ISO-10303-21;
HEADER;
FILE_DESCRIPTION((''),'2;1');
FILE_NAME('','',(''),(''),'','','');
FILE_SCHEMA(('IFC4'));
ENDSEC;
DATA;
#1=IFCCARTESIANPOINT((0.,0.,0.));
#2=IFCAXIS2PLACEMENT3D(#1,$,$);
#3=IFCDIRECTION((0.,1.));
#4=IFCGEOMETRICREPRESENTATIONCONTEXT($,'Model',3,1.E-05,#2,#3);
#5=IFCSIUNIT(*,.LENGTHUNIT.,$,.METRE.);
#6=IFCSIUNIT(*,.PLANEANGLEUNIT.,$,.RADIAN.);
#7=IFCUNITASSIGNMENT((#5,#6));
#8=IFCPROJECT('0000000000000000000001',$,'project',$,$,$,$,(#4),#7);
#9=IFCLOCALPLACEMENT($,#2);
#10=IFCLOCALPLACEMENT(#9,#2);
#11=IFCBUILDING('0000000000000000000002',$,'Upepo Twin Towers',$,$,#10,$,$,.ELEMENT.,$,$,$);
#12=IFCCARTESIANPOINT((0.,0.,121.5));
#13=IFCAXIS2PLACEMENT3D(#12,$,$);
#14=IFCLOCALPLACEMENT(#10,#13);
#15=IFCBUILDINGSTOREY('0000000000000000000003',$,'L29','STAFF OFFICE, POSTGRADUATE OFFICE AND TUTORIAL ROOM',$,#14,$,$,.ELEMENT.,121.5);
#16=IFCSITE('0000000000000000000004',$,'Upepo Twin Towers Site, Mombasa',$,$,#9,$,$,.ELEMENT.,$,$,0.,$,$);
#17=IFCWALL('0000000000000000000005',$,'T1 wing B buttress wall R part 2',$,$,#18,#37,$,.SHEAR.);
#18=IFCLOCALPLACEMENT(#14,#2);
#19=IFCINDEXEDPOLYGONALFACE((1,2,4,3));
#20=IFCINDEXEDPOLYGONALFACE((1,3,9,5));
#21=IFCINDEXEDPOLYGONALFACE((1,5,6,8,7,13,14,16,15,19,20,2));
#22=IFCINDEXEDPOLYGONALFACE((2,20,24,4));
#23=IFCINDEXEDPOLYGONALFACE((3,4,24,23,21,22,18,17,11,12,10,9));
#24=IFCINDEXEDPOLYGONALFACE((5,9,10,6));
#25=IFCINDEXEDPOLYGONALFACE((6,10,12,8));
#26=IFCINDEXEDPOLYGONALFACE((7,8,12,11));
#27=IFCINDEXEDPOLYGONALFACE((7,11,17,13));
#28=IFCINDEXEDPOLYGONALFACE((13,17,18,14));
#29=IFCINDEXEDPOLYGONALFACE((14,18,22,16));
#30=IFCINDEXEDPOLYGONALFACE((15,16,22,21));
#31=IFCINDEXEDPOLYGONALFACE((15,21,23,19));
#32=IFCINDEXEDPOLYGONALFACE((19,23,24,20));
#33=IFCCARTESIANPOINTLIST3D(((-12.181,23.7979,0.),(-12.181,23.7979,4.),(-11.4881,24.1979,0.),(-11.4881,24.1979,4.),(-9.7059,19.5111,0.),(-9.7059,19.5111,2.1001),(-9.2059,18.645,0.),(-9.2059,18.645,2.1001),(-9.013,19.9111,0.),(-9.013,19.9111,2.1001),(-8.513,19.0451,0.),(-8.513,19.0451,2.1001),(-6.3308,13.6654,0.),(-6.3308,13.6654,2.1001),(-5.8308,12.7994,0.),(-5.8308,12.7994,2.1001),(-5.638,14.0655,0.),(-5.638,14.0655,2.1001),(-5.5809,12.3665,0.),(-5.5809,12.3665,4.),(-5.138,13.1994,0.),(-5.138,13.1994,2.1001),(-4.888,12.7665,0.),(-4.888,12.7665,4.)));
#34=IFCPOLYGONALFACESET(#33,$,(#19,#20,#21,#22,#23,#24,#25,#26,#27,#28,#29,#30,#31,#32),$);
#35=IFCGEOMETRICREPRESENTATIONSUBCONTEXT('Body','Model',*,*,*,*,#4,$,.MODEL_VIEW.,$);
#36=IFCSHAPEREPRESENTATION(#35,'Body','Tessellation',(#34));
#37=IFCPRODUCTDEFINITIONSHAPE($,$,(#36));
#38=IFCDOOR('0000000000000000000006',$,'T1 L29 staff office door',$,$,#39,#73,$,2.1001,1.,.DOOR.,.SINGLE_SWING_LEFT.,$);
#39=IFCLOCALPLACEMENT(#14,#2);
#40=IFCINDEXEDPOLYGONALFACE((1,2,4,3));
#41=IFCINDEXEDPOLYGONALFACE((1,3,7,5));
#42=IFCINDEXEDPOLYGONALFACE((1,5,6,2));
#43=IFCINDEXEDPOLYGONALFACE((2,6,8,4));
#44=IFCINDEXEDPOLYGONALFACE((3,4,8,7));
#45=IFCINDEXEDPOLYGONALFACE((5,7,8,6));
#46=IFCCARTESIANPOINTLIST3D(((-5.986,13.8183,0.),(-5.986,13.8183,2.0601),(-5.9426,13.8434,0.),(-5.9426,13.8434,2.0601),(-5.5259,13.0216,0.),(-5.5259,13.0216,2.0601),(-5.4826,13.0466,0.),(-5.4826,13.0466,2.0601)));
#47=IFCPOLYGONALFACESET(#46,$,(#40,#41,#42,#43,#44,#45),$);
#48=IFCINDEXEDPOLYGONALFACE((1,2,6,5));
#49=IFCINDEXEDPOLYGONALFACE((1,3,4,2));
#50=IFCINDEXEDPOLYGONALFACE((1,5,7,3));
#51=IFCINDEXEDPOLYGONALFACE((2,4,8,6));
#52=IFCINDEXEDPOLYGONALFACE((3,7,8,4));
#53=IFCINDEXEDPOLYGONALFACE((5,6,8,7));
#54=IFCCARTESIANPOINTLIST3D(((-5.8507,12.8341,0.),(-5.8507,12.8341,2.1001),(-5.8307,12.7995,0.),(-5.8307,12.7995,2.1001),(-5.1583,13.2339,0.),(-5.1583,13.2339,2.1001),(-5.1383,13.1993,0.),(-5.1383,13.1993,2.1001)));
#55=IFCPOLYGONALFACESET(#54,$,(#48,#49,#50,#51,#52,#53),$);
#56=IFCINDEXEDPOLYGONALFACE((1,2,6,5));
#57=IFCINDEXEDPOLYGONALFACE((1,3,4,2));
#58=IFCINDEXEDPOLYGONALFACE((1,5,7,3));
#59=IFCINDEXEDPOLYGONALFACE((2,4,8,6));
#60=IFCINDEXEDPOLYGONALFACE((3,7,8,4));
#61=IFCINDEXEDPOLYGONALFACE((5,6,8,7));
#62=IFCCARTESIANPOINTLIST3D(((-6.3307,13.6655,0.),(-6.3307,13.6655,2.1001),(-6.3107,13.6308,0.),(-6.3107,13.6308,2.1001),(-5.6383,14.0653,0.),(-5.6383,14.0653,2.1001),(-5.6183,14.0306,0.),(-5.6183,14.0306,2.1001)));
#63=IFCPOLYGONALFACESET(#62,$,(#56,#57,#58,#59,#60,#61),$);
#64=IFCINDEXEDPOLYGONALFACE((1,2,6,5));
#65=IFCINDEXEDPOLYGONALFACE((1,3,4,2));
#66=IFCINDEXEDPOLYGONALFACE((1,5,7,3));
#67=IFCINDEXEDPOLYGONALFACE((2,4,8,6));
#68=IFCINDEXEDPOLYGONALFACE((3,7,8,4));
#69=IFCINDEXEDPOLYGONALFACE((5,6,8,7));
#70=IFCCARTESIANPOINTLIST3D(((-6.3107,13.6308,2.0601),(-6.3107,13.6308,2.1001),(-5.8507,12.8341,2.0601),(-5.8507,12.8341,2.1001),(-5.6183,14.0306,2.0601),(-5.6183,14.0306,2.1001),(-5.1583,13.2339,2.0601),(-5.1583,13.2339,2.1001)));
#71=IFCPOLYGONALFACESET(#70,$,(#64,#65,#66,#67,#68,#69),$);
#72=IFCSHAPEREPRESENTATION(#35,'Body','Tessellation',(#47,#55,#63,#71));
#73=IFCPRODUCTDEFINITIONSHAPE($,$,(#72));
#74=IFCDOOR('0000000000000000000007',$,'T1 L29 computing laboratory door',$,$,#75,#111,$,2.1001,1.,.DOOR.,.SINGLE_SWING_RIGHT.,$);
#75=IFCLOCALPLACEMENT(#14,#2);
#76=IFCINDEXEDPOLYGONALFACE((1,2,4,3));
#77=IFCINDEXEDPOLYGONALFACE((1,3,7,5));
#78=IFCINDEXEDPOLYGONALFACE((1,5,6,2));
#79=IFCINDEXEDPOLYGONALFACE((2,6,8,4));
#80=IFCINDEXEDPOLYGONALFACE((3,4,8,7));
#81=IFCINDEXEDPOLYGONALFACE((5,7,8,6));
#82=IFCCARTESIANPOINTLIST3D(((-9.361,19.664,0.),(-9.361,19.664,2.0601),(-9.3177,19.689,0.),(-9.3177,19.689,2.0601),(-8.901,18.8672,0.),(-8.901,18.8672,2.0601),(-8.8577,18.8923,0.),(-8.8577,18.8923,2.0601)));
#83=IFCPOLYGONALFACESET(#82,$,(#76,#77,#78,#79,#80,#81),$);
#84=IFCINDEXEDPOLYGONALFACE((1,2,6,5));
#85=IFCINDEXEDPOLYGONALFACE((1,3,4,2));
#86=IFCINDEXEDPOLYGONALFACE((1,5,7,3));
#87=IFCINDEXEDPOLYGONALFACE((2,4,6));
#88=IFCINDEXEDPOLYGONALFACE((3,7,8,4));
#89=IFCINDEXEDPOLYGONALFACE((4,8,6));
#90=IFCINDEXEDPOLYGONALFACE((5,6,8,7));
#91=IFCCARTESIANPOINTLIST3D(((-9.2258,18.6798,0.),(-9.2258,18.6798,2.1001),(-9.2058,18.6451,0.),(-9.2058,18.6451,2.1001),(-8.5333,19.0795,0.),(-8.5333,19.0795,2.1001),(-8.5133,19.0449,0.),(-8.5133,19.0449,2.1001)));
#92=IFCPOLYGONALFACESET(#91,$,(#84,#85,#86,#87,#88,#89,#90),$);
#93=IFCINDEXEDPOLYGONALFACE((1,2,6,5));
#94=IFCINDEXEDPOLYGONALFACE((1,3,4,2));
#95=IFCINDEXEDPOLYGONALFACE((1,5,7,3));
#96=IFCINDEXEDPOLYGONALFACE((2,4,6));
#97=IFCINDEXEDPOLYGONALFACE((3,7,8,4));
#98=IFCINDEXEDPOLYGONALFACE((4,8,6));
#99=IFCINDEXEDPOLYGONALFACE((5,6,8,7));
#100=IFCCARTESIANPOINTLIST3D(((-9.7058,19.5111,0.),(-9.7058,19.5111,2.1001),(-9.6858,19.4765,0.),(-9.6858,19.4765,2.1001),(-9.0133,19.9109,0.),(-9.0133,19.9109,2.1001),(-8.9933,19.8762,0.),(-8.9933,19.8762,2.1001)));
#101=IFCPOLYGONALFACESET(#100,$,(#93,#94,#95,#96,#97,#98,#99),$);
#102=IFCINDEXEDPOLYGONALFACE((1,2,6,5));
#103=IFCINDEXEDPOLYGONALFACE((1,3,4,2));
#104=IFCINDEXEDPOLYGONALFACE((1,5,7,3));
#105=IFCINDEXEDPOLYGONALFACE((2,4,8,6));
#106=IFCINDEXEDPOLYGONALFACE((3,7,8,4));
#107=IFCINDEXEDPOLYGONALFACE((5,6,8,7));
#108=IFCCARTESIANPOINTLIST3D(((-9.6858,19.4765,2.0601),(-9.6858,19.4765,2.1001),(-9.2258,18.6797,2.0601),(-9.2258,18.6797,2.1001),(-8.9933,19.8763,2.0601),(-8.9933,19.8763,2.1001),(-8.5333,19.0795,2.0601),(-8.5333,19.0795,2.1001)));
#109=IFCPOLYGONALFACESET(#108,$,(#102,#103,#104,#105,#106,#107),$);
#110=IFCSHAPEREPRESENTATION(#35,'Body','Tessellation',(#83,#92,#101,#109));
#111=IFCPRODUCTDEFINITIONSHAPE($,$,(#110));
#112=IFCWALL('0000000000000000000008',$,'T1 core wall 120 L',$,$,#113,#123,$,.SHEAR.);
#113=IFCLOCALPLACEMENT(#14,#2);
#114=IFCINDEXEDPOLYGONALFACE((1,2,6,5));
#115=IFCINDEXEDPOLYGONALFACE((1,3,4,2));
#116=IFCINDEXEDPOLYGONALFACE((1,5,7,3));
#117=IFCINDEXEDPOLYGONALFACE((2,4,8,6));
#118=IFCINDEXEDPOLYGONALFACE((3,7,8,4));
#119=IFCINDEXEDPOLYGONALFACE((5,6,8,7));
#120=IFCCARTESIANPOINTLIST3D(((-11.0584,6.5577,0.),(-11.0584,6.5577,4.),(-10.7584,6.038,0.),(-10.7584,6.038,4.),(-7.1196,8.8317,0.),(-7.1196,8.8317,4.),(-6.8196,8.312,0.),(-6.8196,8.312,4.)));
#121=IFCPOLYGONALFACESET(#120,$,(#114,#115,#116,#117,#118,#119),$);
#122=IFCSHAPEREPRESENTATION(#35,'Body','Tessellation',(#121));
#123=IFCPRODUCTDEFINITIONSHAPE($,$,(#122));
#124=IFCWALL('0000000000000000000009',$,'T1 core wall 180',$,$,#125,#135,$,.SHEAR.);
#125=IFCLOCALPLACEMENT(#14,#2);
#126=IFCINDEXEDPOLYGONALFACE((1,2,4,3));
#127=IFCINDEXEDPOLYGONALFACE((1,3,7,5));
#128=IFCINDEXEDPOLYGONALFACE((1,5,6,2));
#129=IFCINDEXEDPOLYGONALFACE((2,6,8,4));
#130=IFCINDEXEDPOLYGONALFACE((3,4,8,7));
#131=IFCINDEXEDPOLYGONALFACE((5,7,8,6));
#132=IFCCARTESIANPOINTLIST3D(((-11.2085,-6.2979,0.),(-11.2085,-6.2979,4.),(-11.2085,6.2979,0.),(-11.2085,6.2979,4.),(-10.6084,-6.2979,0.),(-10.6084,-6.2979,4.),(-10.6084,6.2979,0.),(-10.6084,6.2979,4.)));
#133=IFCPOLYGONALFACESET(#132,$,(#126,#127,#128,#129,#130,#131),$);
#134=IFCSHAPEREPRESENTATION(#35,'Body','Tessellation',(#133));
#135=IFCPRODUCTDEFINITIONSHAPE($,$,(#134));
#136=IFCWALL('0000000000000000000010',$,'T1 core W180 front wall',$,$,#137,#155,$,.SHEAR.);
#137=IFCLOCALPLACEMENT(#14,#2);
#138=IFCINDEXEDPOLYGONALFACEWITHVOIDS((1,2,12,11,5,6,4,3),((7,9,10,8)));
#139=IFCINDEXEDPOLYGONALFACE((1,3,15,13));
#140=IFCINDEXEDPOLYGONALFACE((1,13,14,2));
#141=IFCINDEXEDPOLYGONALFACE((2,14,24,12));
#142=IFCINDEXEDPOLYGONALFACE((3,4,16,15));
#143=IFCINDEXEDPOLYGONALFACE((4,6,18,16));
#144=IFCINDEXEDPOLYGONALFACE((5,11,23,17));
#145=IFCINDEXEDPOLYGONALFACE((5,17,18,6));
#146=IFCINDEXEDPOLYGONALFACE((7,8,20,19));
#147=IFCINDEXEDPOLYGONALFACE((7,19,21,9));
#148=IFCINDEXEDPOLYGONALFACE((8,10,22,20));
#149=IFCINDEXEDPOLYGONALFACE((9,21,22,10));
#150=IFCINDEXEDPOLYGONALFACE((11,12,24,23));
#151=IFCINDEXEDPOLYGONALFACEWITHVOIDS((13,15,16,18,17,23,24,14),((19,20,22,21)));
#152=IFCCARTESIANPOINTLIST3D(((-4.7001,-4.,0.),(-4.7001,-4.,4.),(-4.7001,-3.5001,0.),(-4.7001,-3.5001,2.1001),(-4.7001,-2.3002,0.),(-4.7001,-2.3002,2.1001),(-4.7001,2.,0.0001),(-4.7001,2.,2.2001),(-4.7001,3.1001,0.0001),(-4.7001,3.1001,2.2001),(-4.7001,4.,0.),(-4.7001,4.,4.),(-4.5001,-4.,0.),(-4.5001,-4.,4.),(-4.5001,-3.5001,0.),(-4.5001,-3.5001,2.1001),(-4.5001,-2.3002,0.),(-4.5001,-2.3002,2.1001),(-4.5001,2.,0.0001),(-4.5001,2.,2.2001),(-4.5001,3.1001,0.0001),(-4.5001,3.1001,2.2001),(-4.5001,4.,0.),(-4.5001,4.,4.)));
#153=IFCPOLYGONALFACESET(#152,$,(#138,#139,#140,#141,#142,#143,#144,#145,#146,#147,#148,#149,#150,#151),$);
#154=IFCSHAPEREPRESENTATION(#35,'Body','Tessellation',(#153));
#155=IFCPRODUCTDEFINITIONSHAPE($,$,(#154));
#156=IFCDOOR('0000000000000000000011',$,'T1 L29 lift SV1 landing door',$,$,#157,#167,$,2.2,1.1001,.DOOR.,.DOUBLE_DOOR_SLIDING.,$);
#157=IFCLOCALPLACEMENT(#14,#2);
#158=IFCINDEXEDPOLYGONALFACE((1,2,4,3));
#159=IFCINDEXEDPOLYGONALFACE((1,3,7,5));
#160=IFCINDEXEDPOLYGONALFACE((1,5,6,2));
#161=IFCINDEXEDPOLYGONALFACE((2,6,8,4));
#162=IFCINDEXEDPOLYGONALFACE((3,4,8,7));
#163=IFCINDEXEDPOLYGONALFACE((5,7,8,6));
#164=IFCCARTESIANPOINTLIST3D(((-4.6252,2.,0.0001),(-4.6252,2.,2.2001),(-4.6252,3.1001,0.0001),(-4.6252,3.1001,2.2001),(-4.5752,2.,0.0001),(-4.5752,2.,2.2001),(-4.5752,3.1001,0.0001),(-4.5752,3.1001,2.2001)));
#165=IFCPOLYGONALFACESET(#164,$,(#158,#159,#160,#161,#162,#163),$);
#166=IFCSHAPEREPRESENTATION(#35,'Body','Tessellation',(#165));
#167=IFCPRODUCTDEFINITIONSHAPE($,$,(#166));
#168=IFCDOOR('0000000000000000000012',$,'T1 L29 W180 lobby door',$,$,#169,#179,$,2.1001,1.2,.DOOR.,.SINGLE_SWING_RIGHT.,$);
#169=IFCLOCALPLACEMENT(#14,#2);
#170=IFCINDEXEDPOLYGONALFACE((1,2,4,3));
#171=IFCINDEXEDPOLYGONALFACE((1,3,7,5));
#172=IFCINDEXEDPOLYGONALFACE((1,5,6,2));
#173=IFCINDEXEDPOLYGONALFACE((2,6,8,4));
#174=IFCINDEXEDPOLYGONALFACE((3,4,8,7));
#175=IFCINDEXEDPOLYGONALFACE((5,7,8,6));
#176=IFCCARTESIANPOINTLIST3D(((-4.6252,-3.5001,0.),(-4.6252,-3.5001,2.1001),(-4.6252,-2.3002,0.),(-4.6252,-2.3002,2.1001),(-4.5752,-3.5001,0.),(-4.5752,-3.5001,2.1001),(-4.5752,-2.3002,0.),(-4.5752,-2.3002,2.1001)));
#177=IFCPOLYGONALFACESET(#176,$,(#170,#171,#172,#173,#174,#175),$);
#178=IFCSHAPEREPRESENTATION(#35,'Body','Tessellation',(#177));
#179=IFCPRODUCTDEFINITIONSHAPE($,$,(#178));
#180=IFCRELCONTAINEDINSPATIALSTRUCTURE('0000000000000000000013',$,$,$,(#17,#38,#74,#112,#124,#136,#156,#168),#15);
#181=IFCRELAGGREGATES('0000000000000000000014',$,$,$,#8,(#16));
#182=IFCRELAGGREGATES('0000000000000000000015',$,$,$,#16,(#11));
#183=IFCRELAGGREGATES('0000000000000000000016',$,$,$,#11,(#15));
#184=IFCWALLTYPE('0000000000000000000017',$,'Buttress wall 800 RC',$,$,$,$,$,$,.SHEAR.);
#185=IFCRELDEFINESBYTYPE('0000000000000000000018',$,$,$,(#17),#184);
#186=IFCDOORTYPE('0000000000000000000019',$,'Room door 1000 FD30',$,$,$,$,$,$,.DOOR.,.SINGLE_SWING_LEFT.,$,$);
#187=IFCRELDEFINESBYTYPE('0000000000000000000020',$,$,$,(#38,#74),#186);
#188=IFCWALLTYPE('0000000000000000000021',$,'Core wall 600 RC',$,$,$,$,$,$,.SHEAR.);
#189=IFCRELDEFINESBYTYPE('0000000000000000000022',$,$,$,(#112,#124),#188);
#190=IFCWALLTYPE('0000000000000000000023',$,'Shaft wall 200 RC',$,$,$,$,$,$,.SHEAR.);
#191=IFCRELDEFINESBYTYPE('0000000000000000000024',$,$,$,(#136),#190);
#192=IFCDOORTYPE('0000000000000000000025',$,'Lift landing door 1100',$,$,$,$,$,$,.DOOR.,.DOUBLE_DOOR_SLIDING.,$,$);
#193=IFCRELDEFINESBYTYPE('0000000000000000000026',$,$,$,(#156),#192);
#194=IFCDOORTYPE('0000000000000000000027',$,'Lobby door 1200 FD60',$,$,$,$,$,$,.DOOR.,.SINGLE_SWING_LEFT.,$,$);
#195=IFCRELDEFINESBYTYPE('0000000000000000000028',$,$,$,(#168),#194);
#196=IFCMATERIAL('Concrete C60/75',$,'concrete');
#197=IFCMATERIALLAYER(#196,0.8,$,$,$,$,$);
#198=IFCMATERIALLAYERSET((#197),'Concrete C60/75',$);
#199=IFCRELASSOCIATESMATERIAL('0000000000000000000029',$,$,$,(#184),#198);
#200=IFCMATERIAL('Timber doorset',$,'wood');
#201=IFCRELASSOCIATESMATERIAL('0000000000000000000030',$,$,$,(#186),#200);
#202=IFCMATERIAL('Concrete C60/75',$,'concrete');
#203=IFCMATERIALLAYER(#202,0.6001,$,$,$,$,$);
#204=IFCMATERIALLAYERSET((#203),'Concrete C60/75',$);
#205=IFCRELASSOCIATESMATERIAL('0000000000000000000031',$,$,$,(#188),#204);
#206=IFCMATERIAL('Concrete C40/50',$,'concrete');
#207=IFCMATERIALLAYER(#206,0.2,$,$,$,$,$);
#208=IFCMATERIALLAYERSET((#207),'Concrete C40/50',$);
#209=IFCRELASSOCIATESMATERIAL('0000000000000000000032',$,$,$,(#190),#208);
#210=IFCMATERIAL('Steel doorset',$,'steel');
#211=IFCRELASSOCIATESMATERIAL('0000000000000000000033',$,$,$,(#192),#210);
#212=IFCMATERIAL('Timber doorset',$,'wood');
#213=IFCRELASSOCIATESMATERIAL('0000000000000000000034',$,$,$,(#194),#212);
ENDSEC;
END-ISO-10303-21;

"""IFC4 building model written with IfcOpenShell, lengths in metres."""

from ifc_helpers import new_model, si_unit, direction, frame, frame_2d, origin, place, context, subcontext, project, spatial, rectangle, extrude, material, layer, layer_set, type_object, element, fill, save


model = new_model("IFC4")

# Units and contexts
model_context = context("Model", 3, precision=1e-05, world=origin(), true_north=direction((0.0, 1.0)))
body_context = subcontext(model_context, "Body", "Model", "MODEL_VIEW")
ifc_project = project(units=[si_unit("LENGTHUNIT", "METRE"), si_unit("PLANEANGLEUNIT", "RADIAN")], contexts=[model_context])

# Site, building, storey
site_placement = place(None, origin())
site = spatial("IfcSite", under=ifc_project, at=site_placement, Name="Upepo Twin Towers Site, Mombasa", CompositionType="ELEMENT", RefElevation=0.0)
building_placement = place(site_placement, origin())
building = spatial("IfcBuilding", under=site, at=building_placement, Name="Upepo Twin Towers", CompositionType="ELEMENT")
storey_placement = place(building_placement, frame((0.0, 0.0, 121.5)))
storey = spatial("IfcBuildingStorey", under=building, at=storey_placement, Name="L29", Description="STAFF OFFICE, POSTGRADUATE OFFICE AND TUTORIAL ROOM", CompositionType="ELEMENT", Elevation=121.5)

# Wall, openings, doors
ifc_material_1 = material(Name="Concrete C60/75", Category="concrete")
ifc_layer_1 = layer(ifc_material_1, 0.8)
ifc_layer_set_1 = layer_set([ifc_layer_1], Name="Concrete C60/75")
wall_type_1 = type_object("IfcWallType", Name="Buttress wall 800 RC", PredefinedType="SHEAR", material=ifc_layer_set_1)
ifc_material_2 = material(Name="Timber doorset", Category="wood")
door_type_1 = type_object("IfcDoorType", Name="Room door 1000 FD30", OperationType="SINGLE_SWING_LEFT", PredefinedType="DOOR", material=ifc_material_2)
wall_1_placement = place(storey_placement, frame((-5.2344, 12.5664, 0.0), z_axis=(0.0, 0.0, 1.0), x_axis=(-0.50001, 0.86602, 0.0)))
wall_1 = element("IfcWall", 1, at=wall_1_placement, inside=storey, type_object=wall_type_1, Name="T1 wing B buttress wall R part 2", PredefinedType="SHEAR", context=body_context, shape_type="SweptSolid", body=[
    extrude(rectangle(XDim=13.2, YDim=0.8, at=frame_2d((6.6001, 0.0))), origin(), (0.0, 0.0, 1.0), 4.0),
])
opening_1_placement = place(wall_1_placement, frame((0.5, 0.0, 0.0)))
opening_1 = element("IfcOpeningElement", 2, at=opening_1_placement, cuts=wall_1, PredefinedType="OPENING", context=body_context, shape_type="SweptSolid", body=[
    extrude(rectangle(XDim=1.0, YDim=2.1001, at=frame_2d((0.5, 1.05))), frame((0.0, 0.4099, 0.0), z_axis=(0.0, -1.0, 0.0), x_axis=(1.0, 0.0, 0.0)), (0.0, 0.0, 1.0), 0.8201),
])
opening_2_placement = place(wall_1_placement, frame((7.25, 0.0, 0.0)))
opening_2 = element("IfcOpeningElement", 3, at=opening_2_placement, cuts=wall_1, PredefinedType="OPENING", context=body_context, shape_type="SweptSolid", body=[
    extrude(rectangle(XDim=1.0, YDim=2.1001, at=frame_2d((0.5, 1.05))), frame((0.0, 0.4099, 0.0), z_axis=(0.0, -1.0, 0.0), x_axis=(1.0, 0.0, 0.0)), (0.0, 0.0, 1.0), 0.8201),
])
door_1_placement = place(opening_1_placement, origin())
door_1 = element("IfcDoor", 4, at=door_1_placement, inside=storey, type_object=door_type_1, Name="T1 L29 staff office door", OperationType="SINGLE_SWING_LEFT", OverallHeight=2.1001, OverallWidth=1.0, PredefinedType="DOOR", context=body_context, shape_type="SweptSolid", body=[
    extrude(rectangle(XDim=0.92, YDim=2.0601, at=frame_2d((0.5, 1.03))), frame((0.0, 0.0249, 0.0), z_axis=(0.0, -1.0, 0.0), x_axis=(1.0, 0.0, 0.0)), (0.0, 0.0, 1.0), 0.05),
    extrude(rectangle(XDim=0.04, YDim=2.1001, at=frame_2d((0.02, 1.05))), frame((0.0, 0.3999, 0.0), z_axis=(0.0, -1.0, 0.0), x_axis=(1.0, 0.0, 0.0)), (0.0, 0.0, 1.0), 0.7996),
    extrude(rectangle(XDim=0.04, YDim=2.1001, at=frame_2d((0.98, 1.05))), frame((0.0, 0.3999, 0.0), z_axis=(0.0, -1.0, 0.0), x_axis=(1.0, 0.0, 0.0)), (0.0, 0.0, 1.0), 0.7996),
    extrude(rectangle(XDim=0.92, YDim=0.04, at=frame_2d((0.5, 2.0801))), frame((0.0, 0.3999, 0.0), z_axis=(0.0, -1.0, 0.0), x_axis=(1.0, 0.0, 0.0)), (0.0, 0.0, 1.0), 0.7996),
])
fill(opening_1, door_1)
door_2_placement = place(opening_2_placement, origin())
door_2 = element("IfcDoor", 5, at=door_2_placement, inside=storey, type_object=door_type_1, Name="T1 L29 computing laboratory door", OperationType="SINGLE_SWING_RIGHT", OverallHeight=2.1001, OverallWidth=1.0, PredefinedType="DOOR", context=body_context, shape_type="SweptSolid", body=[
    extrude(rectangle(XDim=0.92, YDim=2.0601, at=frame_2d((0.5, 1.03))), frame((0.0, 0.0249, 0.0), z_axis=(0.0, -1.0, 0.0), x_axis=(1.0, 0.0, 0.0)), (0.0, 0.0, 1.0), 0.05),
    extrude(rectangle(XDim=0.04, YDim=2.1001, at=frame_2d((0.02, 1.05))), frame((0.0, 0.3999, 0.0), z_axis=(0.0, -1.0, 0.0), x_axis=(1.0, 0.0, 0.0)), (0.0, 0.0, 1.0), 0.7996),
    extrude(rectangle(XDim=0.04, YDim=2.1001, at=frame_2d((0.98, 1.05))), frame((0.0, 0.3999, 0.0), z_axis=(0.0, -1.0, 0.0), x_axis=(1.0, 0.0, 0.0)), (0.0, 0.0, 1.0), 0.7996),
    extrude(rectangle(XDim=0.92, YDim=0.04, at=frame_2d((0.5, 2.0801))), frame((0.0, 0.3999, 0.0), z_axis=(0.0, -1.0, 0.0), x_axis=(1.0, 0.0, 0.0)), (0.0, 0.0, 1.0), 0.7996),
])
fill(opening_2, door_2)

# Walls
ifc_material_3 = material(Name="Concrete C60/75", Category="concrete")
ifc_layer_2 = layer(ifc_material_3, 0.6001)
ifc_layer_set_2 = layer_set([ifc_layer_2], Name="Concrete C60/75")
wall_type_2 = type_object("IfcWallType", Name="Core wall 600 RC", PredefinedType="SHEAR", material=ifc_layer_set_2)
wall_2_placement = place(storey_placement, frame((-6.9697, 8.5718, 0.0), z_axis=(0.0, 0.0, 1.0), x_axis=(-0.866035, -0.499984, 0.0)))
element("IfcWall", 6, at=wall_2_placement, inside=storey, type_object=wall_type_2, Name="T1 core wall 120 L", PredefinedType="SHEAR", context=body_context, shape_type="SweptSolid", body=[
    extrude(rectangle(XDim=4.5481, YDim=0.6001, at=frame_2d((2.2739, 0.0))), origin(), (0.0, 0.0, 1.0), 4.0),
])
wall_3_placement = place(storey_placement, frame((-10.9084, 6.2979, 0.0), z_axis=(0.0, 0.0, 1.0), x_axis=(0.0, -1.0, 0.0)))
element("IfcWall", 7, at=wall_3_placement, inside=storey, type_object=wall_type_2, Name="T1 core wall 180", PredefinedType="SHEAR", context=body_context, shape_type="SweptSolid", body=[
    extrude(rectangle(XDim=12.5957, YDim=0.6001, at=frame_2d((6.2979, 0.0))), origin(), (0.0, 0.0, 1.0), 4.0),
])

# Wall, openings, doors
ifc_material_4 = material(Name="Concrete C40/50", Category="concrete")
ifc_layer_3 = layer(ifc_material_4, 0.2)
ifc_layer_set_3 = layer_set([ifc_layer_3], Name="Concrete C40/50")
wall_type_3 = type_object("IfcWallType", Name="Shaft wall 200 RC", PredefinedType="SHEAR", material=ifc_layer_set_3)
wall_4_placement = place(storey_placement, frame((-4.6001, 4.0, 0.0), z_axis=(0.0, 0.0, 1.0), x_axis=(0.0, -1.0, 0.0)))
wall_4 = element("IfcWall", 8, at=wall_4_placement, inside=storey, type_object=wall_type_3, Name="T1 core W180 front wall", PredefinedType="SHEAR", context=body_context, shape_type="SweptSolid", body=[
    extrude(rectangle(XDim=8.0, YDim=0.2, at=frame_2d((4.0, 0.0))), origin(), (0.0, 0.0, 1.0), 4.0),
])
opening_3_placement = place(wall_4_placement, frame((6.3, 0.0, 0.0)))
opening_3 = element("IfcOpeningElement", 9, at=opening_3_placement, cuts=wall_4, PredefinedType="OPENING", context=body_context, shape_type="SweptSolid", body=[
    extrude(rectangle(XDim=1.2, YDim=2.1001, at=frame_2d((0.6001, 1.05))), frame((0.0, 0.1099, 0.0), z_axis=(0.0, -1.0, 0.0), x_axis=(1.0, 0.0, 0.0)), (0.0, 0.0, 1.0), 0.22),
])
opening_4_placement = place(wall_4_placement, frame((0.8999, 0.0, 0.0)))
opening_4 = element("IfcOpeningElement", 10, at=opening_4_placement, cuts=wall_4, PredefinedType="OPENING", context=body_context, shape_type="SweptSolid", body=[
    extrude(rectangle(XDim=1.1001, YDim=2.2, at=frame_2d((0.55, 1.1001))), frame((0.0, 0.1099, 0.0), z_axis=(0.0, -1.0, 0.0), x_axis=(1.0, 0.0, 0.0)), (0.0, 0.0, 1.0), 0.22),
])
ifc_material_5 = material(Name="Steel doorset", Category="steel")
door_type_2 = type_object("IfcDoorType", Name="Lift landing door 1100", OperationType="DOUBLE_DOOR_SLIDING", PredefinedType="DOOR", material=ifc_material_5)
door_3_placement = place(opening_4_placement, origin())
door_3 = element("IfcDoor", 11, at=door_3_placement, inside=storey, type_object=door_type_2, Name="T1 L29 lift SV1 landing door", OperationType="DOUBLE_DOOR_SLIDING", OverallHeight=2.2, OverallWidth=1.1001, PredefinedType="DOOR", context=body_context, shape_type="SweptSolid", body=[
    extrude(rectangle(XDim=1.1001, YDim=2.2, at=frame_2d((0.55, 1.1001))), frame((0.0, 0.0249, 0.0), z_axis=(0.0, -1.0, 0.0), x_axis=(1.0, 0.0, 0.0)), (0.0, 0.0, 1.0), 0.05),
])
fill(opening_4, door_3)
ifc_material_6 = material(Name="Timber doorset", Category="wood")
door_type_3 = type_object("IfcDoorType", Name="Lobby door 1200 FD60", OperationType="SINGLE_SWING_LEFT", PredefinedType="DOOR", material=ifc_material_6)
door_4_placement = place(opening_3_placement, origin())
door_4 = element("IfcDoor", 12, at=door_4_placement, inside=storey, type_object=door_type_3, Name="T1 L29 W180 lobby door", OperationType="SINGLE_SWING_RIGHT", OverallHeight=2.1001, OverallWidth=1.2, PredefinedType="DOOR", context=body_context, shape_type="SweptSolid", body=[
    extrude(rectangle(XDim=1.2, YDim=2.1001, at=frame_2d((0.6001, 1.05))), frame((0.0, 0.0249, 0.0), z_axis=(0.0, -1.0, 0.0), x_axis=(1.0, 0.0, 0.0)), (0.0, 0.0, 1.0), 0.05),
])
fill(opening_3, door_4)

save(model, "model.ifc")
